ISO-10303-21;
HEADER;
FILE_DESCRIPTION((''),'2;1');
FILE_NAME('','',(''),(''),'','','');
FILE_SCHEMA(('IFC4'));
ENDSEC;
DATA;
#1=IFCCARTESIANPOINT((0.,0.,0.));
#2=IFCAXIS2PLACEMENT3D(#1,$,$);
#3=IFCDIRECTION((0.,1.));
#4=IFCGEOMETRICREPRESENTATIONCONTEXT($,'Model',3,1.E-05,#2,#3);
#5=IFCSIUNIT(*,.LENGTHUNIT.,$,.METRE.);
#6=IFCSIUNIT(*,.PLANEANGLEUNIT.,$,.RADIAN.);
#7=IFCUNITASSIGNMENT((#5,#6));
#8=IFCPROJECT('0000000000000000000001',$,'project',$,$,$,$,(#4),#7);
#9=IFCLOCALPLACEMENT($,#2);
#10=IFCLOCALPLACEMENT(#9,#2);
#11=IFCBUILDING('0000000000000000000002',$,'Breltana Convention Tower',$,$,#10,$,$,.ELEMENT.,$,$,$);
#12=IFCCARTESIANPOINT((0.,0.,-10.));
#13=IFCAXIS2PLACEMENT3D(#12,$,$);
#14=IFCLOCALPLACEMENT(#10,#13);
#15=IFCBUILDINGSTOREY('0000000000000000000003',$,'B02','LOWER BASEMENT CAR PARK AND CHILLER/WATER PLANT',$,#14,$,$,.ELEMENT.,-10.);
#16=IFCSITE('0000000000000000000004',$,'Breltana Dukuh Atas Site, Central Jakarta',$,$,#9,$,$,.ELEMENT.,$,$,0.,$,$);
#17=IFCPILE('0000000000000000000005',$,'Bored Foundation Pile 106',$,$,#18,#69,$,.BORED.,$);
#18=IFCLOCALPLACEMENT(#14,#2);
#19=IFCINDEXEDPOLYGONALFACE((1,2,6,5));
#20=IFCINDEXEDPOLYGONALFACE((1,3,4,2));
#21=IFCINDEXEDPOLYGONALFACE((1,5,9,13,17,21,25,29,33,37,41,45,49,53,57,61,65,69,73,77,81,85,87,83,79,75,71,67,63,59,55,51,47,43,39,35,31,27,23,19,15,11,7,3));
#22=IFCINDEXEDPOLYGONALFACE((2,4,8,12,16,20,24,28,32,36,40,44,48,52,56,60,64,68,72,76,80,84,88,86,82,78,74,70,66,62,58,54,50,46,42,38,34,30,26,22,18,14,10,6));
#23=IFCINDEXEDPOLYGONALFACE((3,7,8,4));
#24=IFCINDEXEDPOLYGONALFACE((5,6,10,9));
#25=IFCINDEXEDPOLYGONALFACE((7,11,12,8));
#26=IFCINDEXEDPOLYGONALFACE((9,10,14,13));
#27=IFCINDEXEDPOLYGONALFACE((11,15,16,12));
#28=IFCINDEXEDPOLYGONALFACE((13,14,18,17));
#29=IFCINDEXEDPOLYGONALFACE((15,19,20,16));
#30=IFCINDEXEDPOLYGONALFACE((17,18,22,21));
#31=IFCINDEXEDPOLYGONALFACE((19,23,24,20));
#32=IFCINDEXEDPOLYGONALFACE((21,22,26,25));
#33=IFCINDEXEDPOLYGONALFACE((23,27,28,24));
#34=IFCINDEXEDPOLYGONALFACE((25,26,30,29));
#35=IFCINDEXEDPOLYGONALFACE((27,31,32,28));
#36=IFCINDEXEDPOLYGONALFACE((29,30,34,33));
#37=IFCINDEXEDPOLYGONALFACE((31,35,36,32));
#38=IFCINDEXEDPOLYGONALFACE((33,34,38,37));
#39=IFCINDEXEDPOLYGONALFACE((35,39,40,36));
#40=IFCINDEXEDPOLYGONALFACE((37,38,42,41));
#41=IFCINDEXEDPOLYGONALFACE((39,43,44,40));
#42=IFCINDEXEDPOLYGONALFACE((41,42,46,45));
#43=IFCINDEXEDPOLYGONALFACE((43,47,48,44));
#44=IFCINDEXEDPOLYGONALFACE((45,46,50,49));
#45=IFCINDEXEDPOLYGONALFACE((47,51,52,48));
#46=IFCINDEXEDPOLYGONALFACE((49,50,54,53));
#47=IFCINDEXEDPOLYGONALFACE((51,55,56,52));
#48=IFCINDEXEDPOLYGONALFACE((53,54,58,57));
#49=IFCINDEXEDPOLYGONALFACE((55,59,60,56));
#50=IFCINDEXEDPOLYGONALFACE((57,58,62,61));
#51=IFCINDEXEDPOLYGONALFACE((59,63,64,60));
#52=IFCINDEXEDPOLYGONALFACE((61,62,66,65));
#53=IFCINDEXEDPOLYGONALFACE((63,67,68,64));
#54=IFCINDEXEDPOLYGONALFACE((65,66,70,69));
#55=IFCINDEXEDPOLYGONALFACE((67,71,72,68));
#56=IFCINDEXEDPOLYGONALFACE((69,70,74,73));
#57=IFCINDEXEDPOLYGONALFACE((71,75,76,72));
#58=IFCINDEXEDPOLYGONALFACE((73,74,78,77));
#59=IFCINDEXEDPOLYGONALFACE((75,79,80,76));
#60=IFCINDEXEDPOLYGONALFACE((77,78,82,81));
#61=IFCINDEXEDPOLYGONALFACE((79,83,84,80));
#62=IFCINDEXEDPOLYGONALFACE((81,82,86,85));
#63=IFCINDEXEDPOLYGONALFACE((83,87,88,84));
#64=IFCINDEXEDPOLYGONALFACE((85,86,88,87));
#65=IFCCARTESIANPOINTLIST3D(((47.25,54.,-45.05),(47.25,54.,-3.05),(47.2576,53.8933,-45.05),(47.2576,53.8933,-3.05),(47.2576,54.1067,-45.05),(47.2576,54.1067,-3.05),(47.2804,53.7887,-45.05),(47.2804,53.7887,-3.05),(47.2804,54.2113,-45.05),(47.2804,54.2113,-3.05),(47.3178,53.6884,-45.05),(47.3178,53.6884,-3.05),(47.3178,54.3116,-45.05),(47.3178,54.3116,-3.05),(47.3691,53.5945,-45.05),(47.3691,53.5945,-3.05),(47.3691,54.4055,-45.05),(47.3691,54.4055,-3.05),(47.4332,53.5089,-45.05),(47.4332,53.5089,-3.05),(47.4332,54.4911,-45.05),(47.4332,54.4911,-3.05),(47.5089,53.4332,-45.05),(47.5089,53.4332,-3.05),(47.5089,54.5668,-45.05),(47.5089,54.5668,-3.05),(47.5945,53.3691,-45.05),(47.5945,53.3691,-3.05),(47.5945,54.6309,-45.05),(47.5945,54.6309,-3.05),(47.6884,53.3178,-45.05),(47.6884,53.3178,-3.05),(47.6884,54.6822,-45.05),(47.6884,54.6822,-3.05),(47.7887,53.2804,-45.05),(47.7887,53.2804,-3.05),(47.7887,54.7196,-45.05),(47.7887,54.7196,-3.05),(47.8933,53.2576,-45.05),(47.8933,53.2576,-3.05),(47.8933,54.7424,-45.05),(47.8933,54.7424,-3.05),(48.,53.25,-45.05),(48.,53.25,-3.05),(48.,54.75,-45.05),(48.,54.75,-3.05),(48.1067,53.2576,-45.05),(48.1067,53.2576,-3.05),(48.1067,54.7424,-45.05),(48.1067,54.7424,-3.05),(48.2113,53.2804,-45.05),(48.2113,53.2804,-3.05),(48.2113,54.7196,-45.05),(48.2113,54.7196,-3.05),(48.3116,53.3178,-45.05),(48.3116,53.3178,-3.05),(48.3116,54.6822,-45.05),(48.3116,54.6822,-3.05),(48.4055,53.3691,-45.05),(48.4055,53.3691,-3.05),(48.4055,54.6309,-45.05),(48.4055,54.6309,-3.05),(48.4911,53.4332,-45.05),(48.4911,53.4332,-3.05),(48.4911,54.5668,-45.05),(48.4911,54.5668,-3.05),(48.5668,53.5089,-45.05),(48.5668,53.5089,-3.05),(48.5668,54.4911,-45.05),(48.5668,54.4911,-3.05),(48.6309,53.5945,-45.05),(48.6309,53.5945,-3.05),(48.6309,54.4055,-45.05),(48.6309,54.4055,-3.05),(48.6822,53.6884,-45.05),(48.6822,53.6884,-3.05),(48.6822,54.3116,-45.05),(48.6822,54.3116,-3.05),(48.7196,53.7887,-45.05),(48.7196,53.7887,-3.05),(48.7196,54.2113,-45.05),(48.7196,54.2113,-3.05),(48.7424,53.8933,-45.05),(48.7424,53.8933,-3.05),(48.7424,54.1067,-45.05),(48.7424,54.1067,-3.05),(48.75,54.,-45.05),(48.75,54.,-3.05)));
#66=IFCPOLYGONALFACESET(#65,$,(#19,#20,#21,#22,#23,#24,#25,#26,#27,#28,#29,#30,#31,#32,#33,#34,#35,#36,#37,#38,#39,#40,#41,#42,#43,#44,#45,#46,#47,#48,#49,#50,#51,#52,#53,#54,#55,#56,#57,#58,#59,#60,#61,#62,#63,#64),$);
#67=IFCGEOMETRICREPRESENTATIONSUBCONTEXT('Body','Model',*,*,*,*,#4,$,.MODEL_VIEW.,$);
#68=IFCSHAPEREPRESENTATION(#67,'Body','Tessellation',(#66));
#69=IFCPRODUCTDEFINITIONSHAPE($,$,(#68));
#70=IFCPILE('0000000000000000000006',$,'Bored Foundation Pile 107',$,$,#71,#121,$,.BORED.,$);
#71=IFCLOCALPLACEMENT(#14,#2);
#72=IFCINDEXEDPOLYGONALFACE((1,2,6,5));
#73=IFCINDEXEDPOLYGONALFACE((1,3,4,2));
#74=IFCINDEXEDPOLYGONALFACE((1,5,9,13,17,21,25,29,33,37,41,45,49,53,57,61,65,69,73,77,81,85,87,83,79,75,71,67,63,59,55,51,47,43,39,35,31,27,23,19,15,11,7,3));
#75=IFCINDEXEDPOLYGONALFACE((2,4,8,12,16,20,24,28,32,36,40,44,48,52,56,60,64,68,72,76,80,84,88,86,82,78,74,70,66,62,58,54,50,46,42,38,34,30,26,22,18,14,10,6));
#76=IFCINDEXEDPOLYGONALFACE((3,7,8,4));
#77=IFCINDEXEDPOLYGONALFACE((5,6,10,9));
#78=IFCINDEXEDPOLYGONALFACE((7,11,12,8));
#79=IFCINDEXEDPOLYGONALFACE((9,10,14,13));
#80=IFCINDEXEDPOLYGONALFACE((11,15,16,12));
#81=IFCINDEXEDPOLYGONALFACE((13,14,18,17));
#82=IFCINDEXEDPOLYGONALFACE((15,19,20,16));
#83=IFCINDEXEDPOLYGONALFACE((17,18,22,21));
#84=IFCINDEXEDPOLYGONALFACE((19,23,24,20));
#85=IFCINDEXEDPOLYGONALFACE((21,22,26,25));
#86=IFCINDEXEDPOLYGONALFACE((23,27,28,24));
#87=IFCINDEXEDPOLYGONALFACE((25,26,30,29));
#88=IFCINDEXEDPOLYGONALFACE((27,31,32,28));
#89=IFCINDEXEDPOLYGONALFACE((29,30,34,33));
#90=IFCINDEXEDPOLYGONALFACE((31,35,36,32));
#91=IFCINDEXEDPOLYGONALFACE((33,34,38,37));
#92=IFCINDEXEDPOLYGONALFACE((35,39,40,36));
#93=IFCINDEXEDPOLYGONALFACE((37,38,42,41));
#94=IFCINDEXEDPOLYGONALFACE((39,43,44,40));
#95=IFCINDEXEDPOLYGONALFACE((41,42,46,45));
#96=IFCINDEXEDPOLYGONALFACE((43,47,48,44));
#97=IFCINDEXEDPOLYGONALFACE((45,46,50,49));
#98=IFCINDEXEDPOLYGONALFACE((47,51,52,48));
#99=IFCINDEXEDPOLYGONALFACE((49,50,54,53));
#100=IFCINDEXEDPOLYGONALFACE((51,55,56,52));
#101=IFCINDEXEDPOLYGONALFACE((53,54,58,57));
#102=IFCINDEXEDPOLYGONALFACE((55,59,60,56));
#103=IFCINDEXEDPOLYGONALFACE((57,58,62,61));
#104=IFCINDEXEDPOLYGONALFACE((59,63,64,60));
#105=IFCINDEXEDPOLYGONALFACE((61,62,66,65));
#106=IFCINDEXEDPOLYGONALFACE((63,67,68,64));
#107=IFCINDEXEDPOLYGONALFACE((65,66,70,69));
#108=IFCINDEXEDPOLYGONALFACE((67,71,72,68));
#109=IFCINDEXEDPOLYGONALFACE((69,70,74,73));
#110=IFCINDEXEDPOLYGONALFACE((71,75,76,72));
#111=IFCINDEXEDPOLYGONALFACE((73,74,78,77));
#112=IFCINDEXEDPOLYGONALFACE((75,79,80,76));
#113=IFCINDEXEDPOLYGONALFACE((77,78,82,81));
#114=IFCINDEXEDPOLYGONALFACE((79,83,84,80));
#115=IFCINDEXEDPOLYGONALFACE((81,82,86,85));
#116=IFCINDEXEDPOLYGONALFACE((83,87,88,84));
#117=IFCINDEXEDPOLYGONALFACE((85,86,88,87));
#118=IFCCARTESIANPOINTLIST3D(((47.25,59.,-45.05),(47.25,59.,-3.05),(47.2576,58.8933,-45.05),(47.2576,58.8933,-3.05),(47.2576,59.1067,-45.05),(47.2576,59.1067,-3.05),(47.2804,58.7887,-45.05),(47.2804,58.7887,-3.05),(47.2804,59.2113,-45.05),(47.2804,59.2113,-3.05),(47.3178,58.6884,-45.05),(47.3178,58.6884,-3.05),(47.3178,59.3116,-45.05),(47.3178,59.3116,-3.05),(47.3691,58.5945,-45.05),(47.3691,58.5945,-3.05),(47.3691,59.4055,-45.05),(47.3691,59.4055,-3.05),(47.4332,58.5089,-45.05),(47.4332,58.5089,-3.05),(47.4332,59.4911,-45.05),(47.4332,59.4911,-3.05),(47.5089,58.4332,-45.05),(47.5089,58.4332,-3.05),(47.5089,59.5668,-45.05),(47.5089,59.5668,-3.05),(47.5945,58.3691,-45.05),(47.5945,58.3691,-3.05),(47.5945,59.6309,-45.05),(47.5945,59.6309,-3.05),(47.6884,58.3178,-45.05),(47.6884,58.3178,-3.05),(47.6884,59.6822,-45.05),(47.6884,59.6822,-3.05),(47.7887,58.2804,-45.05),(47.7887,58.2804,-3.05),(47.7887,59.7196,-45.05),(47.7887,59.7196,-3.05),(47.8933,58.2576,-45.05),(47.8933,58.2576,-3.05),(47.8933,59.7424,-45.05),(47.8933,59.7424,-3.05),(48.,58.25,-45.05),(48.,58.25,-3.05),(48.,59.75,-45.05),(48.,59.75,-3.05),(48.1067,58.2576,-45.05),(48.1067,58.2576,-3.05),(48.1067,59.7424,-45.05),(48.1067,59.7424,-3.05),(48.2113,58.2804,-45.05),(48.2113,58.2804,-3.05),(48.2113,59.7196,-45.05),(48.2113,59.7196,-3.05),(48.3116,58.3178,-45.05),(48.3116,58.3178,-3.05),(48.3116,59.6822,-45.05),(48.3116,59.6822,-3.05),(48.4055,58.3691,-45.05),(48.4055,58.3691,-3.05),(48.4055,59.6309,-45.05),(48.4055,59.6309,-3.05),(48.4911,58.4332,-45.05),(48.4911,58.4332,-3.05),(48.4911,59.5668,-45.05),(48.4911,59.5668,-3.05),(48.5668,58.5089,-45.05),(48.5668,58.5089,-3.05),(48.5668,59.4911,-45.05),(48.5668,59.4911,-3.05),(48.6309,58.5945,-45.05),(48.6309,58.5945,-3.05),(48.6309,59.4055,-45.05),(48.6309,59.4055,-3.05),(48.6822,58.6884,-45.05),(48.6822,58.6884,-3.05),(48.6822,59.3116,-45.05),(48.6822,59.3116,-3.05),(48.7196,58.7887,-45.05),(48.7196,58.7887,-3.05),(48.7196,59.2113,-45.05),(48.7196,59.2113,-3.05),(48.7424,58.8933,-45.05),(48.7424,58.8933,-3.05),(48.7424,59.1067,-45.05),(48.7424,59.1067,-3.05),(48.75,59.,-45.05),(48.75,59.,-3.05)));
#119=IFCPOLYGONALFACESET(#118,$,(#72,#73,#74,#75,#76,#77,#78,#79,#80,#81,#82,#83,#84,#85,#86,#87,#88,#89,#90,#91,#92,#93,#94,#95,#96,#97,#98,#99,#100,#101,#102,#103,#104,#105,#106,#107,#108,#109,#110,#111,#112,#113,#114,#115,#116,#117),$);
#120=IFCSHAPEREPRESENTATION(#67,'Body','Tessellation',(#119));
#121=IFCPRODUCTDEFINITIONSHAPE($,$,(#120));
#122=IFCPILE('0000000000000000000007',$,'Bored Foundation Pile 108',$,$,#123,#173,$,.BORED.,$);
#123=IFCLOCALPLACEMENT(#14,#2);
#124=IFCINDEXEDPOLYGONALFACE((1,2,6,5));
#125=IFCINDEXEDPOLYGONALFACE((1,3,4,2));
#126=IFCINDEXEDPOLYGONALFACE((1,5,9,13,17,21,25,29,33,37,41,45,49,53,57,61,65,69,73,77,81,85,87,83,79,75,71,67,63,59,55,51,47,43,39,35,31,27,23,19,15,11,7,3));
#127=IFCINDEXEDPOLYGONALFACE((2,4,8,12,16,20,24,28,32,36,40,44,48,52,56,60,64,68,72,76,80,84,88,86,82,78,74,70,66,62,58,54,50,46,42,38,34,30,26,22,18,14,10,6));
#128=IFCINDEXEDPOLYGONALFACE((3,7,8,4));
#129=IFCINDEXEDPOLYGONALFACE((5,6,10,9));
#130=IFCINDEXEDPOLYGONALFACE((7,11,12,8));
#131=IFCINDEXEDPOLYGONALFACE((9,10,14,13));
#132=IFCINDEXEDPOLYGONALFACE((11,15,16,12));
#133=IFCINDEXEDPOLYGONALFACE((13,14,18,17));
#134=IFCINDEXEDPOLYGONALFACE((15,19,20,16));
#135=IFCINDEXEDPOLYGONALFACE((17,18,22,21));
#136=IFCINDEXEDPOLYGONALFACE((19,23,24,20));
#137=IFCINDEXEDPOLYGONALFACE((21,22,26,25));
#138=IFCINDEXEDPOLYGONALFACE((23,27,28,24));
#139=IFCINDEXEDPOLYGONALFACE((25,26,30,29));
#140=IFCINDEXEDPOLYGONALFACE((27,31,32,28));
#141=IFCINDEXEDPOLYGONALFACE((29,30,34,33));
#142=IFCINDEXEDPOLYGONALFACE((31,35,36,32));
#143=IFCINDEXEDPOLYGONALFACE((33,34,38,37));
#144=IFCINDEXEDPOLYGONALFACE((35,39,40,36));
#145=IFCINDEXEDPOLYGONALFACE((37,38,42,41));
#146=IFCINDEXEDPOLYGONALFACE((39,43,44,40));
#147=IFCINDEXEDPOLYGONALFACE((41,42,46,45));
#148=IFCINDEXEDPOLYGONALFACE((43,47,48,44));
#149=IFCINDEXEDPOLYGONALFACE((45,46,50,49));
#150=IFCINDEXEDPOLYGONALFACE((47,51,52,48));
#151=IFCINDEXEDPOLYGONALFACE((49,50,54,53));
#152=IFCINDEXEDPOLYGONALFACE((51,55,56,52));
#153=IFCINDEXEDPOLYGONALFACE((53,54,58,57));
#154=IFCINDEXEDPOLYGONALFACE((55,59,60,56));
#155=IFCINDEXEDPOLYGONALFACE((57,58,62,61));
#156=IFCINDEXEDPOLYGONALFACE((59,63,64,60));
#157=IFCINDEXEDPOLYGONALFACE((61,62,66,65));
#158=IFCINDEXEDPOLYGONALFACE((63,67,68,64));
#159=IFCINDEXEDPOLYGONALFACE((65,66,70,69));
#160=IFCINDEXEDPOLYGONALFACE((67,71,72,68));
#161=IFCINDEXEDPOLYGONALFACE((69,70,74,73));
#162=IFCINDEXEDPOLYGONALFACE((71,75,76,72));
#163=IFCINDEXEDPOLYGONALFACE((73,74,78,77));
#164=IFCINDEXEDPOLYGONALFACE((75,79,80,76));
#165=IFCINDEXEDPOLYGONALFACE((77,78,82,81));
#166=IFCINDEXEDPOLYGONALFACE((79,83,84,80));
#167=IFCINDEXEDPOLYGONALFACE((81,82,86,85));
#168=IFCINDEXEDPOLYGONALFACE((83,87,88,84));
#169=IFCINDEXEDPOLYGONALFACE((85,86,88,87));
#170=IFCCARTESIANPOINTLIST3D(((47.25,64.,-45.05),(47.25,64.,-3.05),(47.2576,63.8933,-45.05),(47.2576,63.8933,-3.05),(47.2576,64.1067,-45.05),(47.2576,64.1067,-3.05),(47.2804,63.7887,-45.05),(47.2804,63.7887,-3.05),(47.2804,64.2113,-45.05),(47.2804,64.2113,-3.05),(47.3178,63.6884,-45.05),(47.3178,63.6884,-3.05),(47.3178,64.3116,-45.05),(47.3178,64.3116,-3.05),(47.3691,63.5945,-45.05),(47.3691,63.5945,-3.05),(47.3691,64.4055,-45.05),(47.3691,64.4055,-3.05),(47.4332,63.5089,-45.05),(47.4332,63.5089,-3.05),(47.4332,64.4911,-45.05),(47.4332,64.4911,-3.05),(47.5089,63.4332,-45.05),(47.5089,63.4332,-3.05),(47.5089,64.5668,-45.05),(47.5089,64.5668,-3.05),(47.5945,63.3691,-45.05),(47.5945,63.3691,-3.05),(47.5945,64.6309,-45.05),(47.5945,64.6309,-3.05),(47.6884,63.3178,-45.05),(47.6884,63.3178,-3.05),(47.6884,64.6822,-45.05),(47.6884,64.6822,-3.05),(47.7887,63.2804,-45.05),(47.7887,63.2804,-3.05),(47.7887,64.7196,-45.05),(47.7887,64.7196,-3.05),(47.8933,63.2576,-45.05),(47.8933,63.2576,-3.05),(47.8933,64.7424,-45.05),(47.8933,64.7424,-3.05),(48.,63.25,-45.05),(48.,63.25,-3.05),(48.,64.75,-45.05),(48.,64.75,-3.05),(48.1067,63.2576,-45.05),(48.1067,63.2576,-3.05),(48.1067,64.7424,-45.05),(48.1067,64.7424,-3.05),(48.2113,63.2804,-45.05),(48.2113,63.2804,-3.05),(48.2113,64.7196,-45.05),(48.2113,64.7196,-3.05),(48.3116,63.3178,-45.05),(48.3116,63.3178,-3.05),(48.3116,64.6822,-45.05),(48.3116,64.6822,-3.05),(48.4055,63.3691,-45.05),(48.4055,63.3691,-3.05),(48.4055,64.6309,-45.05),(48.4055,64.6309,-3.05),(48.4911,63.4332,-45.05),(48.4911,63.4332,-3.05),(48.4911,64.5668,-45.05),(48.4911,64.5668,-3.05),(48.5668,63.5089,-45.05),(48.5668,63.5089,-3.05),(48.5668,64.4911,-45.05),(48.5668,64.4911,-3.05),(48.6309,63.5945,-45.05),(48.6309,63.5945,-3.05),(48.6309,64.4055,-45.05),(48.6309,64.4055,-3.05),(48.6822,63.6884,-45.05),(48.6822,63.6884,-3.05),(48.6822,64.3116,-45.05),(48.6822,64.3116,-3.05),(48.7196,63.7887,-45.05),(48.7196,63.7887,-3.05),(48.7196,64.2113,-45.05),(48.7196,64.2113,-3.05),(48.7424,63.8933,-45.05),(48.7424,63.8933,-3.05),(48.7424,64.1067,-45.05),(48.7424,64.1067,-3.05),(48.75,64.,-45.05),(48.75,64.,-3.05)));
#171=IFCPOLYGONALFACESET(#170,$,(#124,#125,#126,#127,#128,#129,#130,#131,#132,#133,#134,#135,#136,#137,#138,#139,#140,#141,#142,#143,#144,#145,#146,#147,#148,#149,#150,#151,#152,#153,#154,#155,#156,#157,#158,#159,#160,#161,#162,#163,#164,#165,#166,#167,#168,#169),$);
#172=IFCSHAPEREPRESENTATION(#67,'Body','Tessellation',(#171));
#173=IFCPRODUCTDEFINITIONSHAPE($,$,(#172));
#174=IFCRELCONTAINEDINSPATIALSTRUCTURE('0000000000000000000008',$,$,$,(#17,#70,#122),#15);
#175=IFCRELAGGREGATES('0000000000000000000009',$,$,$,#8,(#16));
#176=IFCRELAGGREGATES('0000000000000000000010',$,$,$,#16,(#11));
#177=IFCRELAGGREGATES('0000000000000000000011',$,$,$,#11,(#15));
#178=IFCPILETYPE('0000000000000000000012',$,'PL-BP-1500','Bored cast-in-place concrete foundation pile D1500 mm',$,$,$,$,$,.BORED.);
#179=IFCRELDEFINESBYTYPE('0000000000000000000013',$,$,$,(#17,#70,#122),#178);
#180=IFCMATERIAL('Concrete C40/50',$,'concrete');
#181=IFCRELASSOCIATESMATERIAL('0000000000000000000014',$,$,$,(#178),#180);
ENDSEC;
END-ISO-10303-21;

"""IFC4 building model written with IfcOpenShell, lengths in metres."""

from ifc_helpers import new_model, si_unit, direction, frame, origin, origin_2d, place, context, subcontext, project, spatial, circle, extrude, source, transform, mapped, material, material_profile, profile_set, type_object, type_shapes, element, save


model = new_model("IFC4")

# Units and contexts
model_context = context("Model", 3, precision=1e-05, world=origin(), true_north=direction((0.0, 1.0)))
body_context = subcontext(model_context, "Body", "Model", "MODEL_VIEW")
ifc_project = project(units=[si_unit("LENGTHUNIT", "METRE"), si_unit("PLANEANGLEUNIT", "RADIAN")], contexts=[model_context])

# Site, building, storey
site_placement = place(None, origin())
site = spatial("IfcSite", under=ifc_project, at=site_placement, Name="Breltana Dukuh Atas Site, Central Jakarta", CompositionType="ELEMENT", RefElevation=0.0)
building_placement = place(site_placement, origin())
building = spatial("IfcBuilding", under=site, at=building_placement, Name="Breltana Convention Tower", CompositionType="ELEMENT")
storey_placement = place(building_placement, frame((0.0, 0.0, -10.0)))
storey = spatial("IfcBuildingStorey", under=building, at=storey_placement, Name="B02", Description="LOWER BASEMENT CAR PARK AND CHILLER/WATER PLANT", CompositionType="ELEMENT", Elevation=-10.0)

# Piles
ifc_material_1 = material(Name="Concrete C40/50", Category="concrete")
ifc_material_profile_1 = material_profile(ifc_material_1, circle(Radius=0.75, at=origin_2d()), Name="BP-D1500")
ifc_profile_set_1 = profile_set([ifc_material_profile_1], Name="Concrete C40/50")
pile_type_1 = type_object("IfcPileType", Name="PL-BP-1500", Description="Bored cast-in-place concrete foundation pile D1500 mm", PredefinedType="BORED", material=ifc_profile_set_1)
shared_shape_1 = source(origin(), body_context, "Body", "SweptSolid", [
    extrude(circle(Radius=0.75, at=origin_2d()), origin(), (0.0, 0.0, 1.0), 42.0),
])
type_shapes(pile_type_1, [shared_shape_1])
for number, where, z_axis, x_axis, name in (
    (1, (48.0, 54.0, -3.05), (0.0, 0.0, -1.0), (1.0, 0.0, 0.0), "Bored Foundation Pile 106"),
    (2, (48.0, 59.0, -3.05), (0.0, 0.0, -1.0), (1.0, 0.0, 0.0), "Bored Foundation Pile 107"),
    (3, (48.0, 64.0, -3.05), (0.0, 0.0, -1.0), (1.0, 0.0, 0.0), "Bored Foundation Pile 108"),
):
    element("IfcPile", number, at=place(storey_placement, frame(where, z_axis=z_axis, x_axis=x_axis)), inside=storey, type_object=pile_type_1, Name=name, PredefinedType="BORED", context=body_context, shape_type="MappedRepresentation", body=[
        mapped(shared_shape_1, transform((0.0, 0.0, 0.0), scale=1.0)),
    ])

save(model, "model.ifc")
